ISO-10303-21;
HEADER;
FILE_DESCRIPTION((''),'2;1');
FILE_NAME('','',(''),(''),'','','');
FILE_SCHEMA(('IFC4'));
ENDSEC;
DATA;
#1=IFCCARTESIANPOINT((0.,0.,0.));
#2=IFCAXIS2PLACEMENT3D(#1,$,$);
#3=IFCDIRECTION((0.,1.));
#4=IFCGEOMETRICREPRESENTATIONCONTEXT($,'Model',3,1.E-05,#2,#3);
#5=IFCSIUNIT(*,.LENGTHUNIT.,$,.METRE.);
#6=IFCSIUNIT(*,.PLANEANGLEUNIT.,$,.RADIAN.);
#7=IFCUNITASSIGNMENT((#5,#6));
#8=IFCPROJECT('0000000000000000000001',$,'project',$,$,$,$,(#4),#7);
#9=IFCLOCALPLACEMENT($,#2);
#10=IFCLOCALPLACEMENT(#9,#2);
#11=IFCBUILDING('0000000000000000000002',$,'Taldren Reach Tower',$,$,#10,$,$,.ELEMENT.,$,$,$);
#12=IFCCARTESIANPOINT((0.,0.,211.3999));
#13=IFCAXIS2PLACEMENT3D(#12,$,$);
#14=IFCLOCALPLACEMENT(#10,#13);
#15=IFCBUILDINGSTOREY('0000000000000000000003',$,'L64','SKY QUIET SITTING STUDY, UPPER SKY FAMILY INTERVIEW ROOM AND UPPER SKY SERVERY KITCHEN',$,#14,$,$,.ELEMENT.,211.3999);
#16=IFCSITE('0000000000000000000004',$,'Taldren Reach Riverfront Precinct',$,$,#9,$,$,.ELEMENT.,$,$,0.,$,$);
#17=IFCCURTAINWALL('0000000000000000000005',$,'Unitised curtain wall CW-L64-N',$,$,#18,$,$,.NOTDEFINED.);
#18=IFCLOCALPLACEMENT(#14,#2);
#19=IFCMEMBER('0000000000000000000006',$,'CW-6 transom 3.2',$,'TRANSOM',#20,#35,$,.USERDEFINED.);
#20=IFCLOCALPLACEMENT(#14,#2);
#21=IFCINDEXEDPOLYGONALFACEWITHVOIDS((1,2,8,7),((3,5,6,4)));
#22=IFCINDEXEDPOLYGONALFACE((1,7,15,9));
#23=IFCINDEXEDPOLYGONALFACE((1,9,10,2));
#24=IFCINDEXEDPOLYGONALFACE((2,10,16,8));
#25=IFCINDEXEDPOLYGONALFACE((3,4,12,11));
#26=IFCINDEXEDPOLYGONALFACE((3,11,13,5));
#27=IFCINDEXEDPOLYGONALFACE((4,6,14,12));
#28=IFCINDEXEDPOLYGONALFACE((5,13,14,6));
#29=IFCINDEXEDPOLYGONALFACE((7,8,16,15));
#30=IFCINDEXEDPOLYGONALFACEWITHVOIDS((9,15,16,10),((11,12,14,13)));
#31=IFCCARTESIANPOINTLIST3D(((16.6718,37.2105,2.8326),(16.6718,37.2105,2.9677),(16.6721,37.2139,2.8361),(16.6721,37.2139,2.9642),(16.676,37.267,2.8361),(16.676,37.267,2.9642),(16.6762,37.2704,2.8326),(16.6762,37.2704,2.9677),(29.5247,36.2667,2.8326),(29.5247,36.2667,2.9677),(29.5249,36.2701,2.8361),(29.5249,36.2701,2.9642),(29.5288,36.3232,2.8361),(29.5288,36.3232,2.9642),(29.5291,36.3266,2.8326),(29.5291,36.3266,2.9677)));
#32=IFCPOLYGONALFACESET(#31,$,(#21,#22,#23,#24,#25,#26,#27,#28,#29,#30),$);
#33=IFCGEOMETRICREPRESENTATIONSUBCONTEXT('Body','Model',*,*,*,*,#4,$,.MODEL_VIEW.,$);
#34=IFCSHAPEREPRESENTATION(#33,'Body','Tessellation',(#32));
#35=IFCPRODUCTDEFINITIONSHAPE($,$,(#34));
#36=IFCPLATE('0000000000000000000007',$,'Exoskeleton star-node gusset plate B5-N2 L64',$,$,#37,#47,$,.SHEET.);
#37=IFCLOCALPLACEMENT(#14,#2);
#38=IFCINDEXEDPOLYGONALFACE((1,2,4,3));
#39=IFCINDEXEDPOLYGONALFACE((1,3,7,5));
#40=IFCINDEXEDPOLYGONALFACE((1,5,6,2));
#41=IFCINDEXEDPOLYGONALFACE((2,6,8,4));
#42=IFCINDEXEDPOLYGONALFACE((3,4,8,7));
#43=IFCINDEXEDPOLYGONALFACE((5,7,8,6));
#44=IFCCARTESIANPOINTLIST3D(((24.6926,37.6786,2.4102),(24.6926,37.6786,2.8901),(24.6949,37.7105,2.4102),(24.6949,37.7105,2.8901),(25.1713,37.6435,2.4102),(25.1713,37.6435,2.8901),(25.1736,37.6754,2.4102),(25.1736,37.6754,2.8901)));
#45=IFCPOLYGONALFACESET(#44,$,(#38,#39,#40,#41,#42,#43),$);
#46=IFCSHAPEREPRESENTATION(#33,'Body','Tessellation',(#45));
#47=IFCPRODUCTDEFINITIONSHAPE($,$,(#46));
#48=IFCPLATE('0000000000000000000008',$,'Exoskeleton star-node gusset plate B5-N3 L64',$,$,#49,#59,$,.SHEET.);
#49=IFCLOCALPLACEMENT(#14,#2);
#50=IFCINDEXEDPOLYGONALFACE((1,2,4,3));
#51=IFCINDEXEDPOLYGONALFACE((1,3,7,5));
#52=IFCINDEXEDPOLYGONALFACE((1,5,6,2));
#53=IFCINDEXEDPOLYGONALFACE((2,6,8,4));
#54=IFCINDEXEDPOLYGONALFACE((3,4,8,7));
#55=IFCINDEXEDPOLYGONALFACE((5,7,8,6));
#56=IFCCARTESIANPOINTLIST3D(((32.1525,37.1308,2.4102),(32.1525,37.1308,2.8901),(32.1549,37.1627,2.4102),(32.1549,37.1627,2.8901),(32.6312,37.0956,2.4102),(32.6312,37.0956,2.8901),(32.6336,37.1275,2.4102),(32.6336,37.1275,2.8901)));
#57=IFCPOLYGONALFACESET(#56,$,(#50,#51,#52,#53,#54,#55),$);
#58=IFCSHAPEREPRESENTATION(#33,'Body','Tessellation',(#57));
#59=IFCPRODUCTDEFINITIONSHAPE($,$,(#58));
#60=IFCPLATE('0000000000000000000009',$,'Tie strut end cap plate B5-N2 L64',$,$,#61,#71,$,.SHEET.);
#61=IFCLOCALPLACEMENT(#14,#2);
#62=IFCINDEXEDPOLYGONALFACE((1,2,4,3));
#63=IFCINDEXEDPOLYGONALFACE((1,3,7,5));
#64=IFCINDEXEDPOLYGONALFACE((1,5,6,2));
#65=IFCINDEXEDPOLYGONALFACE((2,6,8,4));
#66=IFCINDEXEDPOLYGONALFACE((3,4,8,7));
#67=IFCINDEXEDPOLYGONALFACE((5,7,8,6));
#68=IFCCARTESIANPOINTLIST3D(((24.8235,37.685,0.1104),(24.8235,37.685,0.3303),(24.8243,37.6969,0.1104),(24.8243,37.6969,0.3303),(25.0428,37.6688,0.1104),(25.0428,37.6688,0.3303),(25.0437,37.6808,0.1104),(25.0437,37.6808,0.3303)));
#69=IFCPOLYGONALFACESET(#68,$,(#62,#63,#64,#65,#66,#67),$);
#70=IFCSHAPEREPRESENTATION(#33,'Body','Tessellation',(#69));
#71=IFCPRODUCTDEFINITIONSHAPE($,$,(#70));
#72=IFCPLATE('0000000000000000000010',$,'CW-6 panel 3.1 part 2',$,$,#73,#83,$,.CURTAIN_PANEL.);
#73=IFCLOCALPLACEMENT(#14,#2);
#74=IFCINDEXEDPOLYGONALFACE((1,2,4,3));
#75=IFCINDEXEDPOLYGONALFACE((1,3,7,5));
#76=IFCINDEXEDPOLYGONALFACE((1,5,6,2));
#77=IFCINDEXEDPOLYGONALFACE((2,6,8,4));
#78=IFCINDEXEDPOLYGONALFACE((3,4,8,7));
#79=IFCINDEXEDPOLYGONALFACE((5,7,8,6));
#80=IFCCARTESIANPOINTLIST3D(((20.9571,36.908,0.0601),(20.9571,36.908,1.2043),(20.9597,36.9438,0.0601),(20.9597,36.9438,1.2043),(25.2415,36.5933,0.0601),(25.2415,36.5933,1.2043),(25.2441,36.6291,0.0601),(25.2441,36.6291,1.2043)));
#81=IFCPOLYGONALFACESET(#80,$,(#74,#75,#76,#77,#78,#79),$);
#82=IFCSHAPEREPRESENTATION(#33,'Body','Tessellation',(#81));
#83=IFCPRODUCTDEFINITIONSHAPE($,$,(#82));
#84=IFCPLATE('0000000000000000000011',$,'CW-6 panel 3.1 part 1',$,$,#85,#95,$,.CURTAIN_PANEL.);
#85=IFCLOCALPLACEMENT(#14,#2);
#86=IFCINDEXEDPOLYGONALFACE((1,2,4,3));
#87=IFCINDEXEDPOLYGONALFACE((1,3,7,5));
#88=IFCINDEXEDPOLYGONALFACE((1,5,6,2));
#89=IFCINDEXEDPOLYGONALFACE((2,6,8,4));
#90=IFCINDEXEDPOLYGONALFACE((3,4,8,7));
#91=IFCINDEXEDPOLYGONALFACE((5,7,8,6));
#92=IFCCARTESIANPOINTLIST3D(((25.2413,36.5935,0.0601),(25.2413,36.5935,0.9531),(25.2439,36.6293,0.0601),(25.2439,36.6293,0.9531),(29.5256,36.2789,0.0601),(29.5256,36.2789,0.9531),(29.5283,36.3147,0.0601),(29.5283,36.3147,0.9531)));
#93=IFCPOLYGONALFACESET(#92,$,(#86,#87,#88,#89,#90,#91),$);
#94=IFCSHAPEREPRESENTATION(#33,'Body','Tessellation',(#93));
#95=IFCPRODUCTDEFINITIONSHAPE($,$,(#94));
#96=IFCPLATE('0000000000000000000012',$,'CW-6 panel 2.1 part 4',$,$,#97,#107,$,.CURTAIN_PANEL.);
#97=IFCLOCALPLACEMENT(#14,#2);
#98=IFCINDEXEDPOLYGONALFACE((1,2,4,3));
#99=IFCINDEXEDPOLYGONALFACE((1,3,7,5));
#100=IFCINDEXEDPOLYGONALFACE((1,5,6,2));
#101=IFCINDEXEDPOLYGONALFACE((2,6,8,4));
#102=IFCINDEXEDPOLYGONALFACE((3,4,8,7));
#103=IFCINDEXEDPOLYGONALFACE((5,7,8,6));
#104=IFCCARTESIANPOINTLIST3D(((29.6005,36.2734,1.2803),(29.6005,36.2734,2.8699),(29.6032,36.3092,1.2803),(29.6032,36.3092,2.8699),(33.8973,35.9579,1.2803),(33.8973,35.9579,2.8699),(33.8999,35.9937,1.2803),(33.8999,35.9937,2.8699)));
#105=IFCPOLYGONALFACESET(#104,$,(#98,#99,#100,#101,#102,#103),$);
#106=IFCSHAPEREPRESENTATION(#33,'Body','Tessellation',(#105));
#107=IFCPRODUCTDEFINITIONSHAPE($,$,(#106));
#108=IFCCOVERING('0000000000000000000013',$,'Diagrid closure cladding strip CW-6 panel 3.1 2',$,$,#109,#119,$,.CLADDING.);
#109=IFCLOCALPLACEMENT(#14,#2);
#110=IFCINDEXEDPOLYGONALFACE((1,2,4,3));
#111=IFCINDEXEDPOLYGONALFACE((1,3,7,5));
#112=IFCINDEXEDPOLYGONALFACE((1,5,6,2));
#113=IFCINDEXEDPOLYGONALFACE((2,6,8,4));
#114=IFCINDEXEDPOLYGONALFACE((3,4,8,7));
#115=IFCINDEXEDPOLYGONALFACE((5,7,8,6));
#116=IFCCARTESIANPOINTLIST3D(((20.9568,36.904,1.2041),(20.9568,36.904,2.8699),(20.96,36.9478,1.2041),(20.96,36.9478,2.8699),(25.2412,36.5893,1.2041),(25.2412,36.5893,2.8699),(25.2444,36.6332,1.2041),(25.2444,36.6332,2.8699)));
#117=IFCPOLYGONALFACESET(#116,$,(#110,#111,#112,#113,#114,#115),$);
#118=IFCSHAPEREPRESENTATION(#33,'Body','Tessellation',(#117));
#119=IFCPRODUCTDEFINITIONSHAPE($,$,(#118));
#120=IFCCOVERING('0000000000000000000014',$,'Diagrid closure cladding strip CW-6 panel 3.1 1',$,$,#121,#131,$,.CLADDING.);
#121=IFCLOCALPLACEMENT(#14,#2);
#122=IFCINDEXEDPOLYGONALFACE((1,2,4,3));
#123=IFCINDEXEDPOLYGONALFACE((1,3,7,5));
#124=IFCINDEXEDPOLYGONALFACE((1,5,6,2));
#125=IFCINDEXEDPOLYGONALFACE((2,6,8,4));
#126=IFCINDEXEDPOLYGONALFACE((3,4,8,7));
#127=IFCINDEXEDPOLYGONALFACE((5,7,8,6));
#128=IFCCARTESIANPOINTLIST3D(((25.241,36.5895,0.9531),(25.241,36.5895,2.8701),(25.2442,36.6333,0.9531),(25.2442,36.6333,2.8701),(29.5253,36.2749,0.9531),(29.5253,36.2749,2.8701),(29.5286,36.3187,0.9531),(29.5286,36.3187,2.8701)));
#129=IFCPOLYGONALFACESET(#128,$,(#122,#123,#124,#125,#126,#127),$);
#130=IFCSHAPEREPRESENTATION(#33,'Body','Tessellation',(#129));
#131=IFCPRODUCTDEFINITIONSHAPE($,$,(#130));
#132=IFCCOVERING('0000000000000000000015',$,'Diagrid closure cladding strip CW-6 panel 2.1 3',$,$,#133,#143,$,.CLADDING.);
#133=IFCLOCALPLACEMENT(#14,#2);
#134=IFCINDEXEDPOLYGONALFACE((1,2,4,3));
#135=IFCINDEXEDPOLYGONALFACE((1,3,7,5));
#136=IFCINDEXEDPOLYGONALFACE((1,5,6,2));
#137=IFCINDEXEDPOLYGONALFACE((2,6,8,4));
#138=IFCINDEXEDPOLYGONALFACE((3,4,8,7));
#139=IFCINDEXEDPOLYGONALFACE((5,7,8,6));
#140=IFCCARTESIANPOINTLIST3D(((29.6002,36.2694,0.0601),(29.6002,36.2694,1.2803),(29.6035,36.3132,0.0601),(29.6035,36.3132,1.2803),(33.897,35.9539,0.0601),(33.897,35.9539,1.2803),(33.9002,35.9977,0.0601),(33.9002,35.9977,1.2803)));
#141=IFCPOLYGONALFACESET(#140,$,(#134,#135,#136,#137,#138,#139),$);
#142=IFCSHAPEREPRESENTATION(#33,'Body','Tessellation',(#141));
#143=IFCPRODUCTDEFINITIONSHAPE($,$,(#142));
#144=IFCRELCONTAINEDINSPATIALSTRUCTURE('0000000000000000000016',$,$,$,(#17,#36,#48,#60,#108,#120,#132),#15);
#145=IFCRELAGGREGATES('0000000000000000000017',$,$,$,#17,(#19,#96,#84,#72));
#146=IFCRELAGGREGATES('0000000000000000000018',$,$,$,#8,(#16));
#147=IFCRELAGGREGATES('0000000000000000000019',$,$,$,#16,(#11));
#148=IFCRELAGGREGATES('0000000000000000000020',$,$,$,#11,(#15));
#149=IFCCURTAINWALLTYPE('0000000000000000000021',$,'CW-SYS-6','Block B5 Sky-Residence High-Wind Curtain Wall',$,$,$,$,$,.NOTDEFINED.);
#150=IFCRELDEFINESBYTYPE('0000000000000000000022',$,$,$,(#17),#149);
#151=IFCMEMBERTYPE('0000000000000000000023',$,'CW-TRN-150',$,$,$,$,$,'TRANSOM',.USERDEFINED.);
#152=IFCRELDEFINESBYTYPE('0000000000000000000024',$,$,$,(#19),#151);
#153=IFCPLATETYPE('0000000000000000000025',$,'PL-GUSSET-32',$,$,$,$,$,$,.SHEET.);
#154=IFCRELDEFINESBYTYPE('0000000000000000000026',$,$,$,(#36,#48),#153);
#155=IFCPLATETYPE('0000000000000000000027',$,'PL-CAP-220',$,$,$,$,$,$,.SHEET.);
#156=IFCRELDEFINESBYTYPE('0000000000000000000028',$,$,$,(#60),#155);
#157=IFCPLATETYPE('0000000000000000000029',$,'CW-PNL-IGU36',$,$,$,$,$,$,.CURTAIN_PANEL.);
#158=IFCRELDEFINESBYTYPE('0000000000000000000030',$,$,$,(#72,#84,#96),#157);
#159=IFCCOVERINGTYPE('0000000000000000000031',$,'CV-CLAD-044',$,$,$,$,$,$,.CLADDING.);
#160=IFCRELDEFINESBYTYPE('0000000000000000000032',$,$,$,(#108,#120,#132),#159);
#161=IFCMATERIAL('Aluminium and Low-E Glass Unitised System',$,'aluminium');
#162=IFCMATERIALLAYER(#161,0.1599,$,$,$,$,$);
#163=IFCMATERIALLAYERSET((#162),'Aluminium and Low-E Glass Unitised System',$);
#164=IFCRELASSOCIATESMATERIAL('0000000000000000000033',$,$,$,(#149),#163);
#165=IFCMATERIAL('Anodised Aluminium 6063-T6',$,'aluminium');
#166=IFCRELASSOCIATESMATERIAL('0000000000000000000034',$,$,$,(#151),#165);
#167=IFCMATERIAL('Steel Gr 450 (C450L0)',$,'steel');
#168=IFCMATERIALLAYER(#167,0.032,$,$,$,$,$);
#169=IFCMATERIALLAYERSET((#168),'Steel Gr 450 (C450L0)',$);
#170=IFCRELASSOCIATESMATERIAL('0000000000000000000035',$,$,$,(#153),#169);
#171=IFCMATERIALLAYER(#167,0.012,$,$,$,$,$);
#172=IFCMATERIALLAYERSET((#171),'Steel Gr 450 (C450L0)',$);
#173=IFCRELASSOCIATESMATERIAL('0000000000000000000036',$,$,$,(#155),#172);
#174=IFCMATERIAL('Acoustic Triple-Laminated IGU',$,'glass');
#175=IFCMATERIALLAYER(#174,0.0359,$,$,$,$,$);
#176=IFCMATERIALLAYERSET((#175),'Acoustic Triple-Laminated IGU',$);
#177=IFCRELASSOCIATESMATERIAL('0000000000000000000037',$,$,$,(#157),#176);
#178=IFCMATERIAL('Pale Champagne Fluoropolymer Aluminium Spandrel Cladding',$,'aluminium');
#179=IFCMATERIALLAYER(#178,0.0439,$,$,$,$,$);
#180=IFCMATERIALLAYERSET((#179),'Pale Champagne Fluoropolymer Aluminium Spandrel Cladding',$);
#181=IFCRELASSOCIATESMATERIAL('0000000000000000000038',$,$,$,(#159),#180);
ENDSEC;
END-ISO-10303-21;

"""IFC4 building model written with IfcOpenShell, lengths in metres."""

from ifc_helpers import new_model, si_unit, direction, frame, origin, origin_2d, place, context, subcontext, project, spatial, rectangle, hollow_rectangle, extrude, source, transform, mapped, material, layer, layer_set, material_profile, profile_set, type_object, element, aggregate, save


model = new_model("IFC4")

# Units and contexts
model_context = context("Model", 3, precision=1e-05, world=origin(), true_north=direction((0.0, 1.0)))
body_context = subcontext(model_context, "Body", "Model", "MODEL_VIEW")
ifc_project = project(units=[si_unit("LENGTHUNIT", "METRE"), si_unit("PLANEANGLEUNIT", "RADIAN")], contexts=[model_context])

# Site, building, storey
site_placement = place(None, origin())
site = spatial("IfcSite", under=ifc_project, at=site_placement, Name="Taldren Reach Riverfront Precinct", CompositionType="ELEMENT", RefElevation=0.0)
building_placement = place(site_placement, origin())
building = spatial("IfcBuilding", under=site, at=building_placement, Name="Taldren Reach Tower", CompositionType="ELEMENT")
storey_placement = place(building_placement, frame((0.0, 0.0, 211.3999)))
storey = spatial("IfcBuildingStorey", under=building, at=storey_placement, Name="L64", Description="SKY QUIET SITTING STUDY, UPPER SKY FAMILY INTERVIEW ROOM AND UPPER SKY SERVERY KITCHEN", CompositionType="ELEMENT", Elevation=211.3999)

# Shared definitions
ifc_material_1 = material(Name="Steel Gr 450 (C450L0)", Category="steel")

# Curtain wall, member
ifc_material_2 = material(Name="Aluminium and Low-E Glass Unitised System", Category="aluminium")
ifc_layer_1 = layer(ifc_material_2, 0.1599)
ifc_layer_set_1 = layer_set([ifc_layer_1], Name="Aluminium and Low-E Glass Unitised System")
curtain_wall_type = type_object("IfcCurtainWallType", Name="CW-SYS-6", Description="Block B5 Sky-Residence High-Wind Curtain Wall", PredefinedType="NOTDEFINED", material=ifc_layer_set_1)
curtain_wall_placement = place(storey_placement, origin())
curtain_wall = element("IfcCurtainWall", 1, at=curtain_wall_placement, inside=storey, type_object=curtain_wall_type, Name="Unitised curtain wall CW-L64-N", PredefinedType="NOTDEFINED")
ifc_material_3 = material(Name="Anodised Aluminium 6063-T6", Category="aluminium")
ifc_material_profile_1 = material_profile(ifc_material_3, hollow_rectangle(XDim=0.0601, YDim=0.135, WallThickness=0.0034, at=origin_2d()), Name="ALU-135x60x3.5RHS")
ifc_profile_set_1 = profile_set([ifc_material_profile_1], Name="Anodised Aluminium 6063-T6")
member_type_1 = type_object("IfcMemberType", Name="CW-TRN-150", ElementType="TRANSOM", PredefinedType="USERDEFINED", material=ifc_profile_set_1)
shared_shape_1 = source(origin(), body_context, "Body", "SweptSolid", [
    extrude(hollow_rectangle(XDim=0.0601, YDim=0.135, WallThickness=0.0034, at=origin_2d()), origin(), (0.0, 0.0, 1.0), 12.8875),
])
member_1_placement = place(storey_placement, frame((29.5269, 36.2966, 2.9001), z_axis=(-0.997314, 0.073238, 0.0), x_axis=(-0.073238, -0.997314, 0.0)))
member_1 = element("IfcMember", 2, at=member_1_placement, type_object=member_type_1, Name="CW-6 transom 3.2", ObjectType="TRANSOM", PredefinedType="USERDEFINED", context=body_context, shape_type="MappedRepresentation", body=[
    mapped(shared_shape_1, transform((0.0, 0.0, 0.0), scale=1.0)),
])

# Plates
ifc_layer_2 = layer(ifc_material_1, 0.032)
ifc_layer_set_2 = layer_set([ifc_layer_2], Name="Steel Gr 450 (C450L0)")
plate_type_1 = type_object("IfcPlateType", Name="PL-GUSSET-32", PredefinedType="SHEET", material=ifc_layer_set_2)
shared_shape_2 = source(origin(), body_context, "Body", "SweptSolid", [
    extrude(rectangle(XDim=0.48, YDim=0.032, at=origin_2d()), origin(), (0.0, 0.0, 1.0), 0.48),
])
for number, where, z_axis, x_axis, name in (
    (3, (24.9331, 37.677, 2.4102), (0.0, 0.0, 1.0), (0.997314, -0.073238, 0.0), "Exoskeleton star-node gusset plate B5-N2 L64"),
    (4, (32.3931, 37.1292, 2.4102), (0.0, 0.0, 1.0), (0.997314, -0.073238, 0.0), "Exoskeleton star-node gusset plate B5-N3 L64"),
):
    element("IfcPlate", number, at=place(storey_placement, frame(where, z_axis=z_axis, x_axis=x_axis)), inside=storey, type_object=plate_type_1, Name=name, PredefinedType="SHEET", context=body_context, shape_type="MappedRepresentation", body=[
        mapped(shared_shape_2, transform((0.0, 0.0, 0.0), scale=1.0)),
    ])
ifc_layer_3 = layer(ifc_material_1, 0.012)
ifc_layer_set_3 = layer_set([ifc_layer_3], Name="Steel Gr 450 (C450L0)")
plate_type_2 = type_object("IfcPlateType", Name="PL-CAP-220", PredefinedType="SHEET", material=ifc_layer_set_3)
shared_shape_3 = source(origin(), body_context, "Body", "SweptSolid", [
    extrude(rectangle(XDim=0.22, YDim=0.012, at=origin_2d()), origin(), (0.0, 0.0, 1.0), 0.22),
])
plate_1_placement = place(storey_placement, frame((24.9336, 37.6829, 0.1104), z_axis=(0.0, 0.0, 1.0), x_axis=(0.997314, -0.073238, 0.0)))
element("IfcPlate", 5, at=plate_1_placement, inside=storey, type_object=plate_type_2, Name="Tie strut end cap plate B5-N2 L64", PredefinedType="SHEET", context=body_context, shape_type="MappedRepresentation", body=[
    mapped(shared_shape_3, transform((0.0, 0.0, 0.0), scale=1.0)),
])

# Plates
ifc_material_4 = material(Name="Acoustic Triple-Laminated IGU", Category="glass")
ifc_layer_4 = layer(ifc_material_4, 0.0359)
ifc_layer_set_4 = layer_set([ifc_layer_4], Name="Acoustic Triple-Laminated IGU")
plate_type_3 = type_object("IfcPlateType", Name="CW-PNL-IGU36", PredefinedType="CURTAIN_PANEL", material=ifc_layer_set_4)
shared_shape_4 = source(origin(), body_context, "Body", "SweptSolid", [
    extrude(rectangle(XDim=4.2959, YDim=0.0359, at=origin_2d()), origin(), (0.0, 0.0, 1.0), 1.1443),
])
plate_2_placement = place(storey_placement, frame((23.1006, 36.7686, 0.0601), z_axis=(0.0, 0.0, 1.0), x_axis=(-0.997314, 0.073238, 0.0)))
plate_2 = element("IfcPlate", 6, at=plate_2_placement, type_object=plate_type_3, Name="CW-6 panel 3.1 part 2", PredefinedType="CURTAIN_PANEL", context=body_context, shape_type="MappedRepresentation", body=[
    mapped(shared_shape_4, transform((0.0, 0.0, 0.0), scale=1.0)),
])
shared_shape_5 = source(origin(), body_context, "Body", "SweptSolid", [
    extrude(rectangle(XDim=4.2959, YDim=0.0359, at=origin_2d()), origin(), (0.0, 0.0, 1.0), 0.8931),
])
plate_3_placement = place(storey_placement, frame((27.3848, 36.4541, 0.0601), z_axis=(0.0, 0.0, 1.0), x_axis=(-0.997314, 0.073238, 0.0)))
plate_3 = element("IfcPlate", 7, at=plate_3_placement, type_object=plate_type_3, Name="CW-6 panel 3.1 part 1", PredefinedType="CURTAIN_PANEL", context=body_context, shape_type="MappedRepresentation", body=[
    mapped(shared_shape_5, transform((0.0, 0.0, 0.0), scale=1.0)),
])
shared_shape_6 = source(origin(), body_context, "Body", "SweptSolid", [
    extrude(rectangle(XDim=4.3083, YDim=0.0359, at=origin_2d()), origin(), (0.0, 0.0, 1.0), 1.5896),
])
plate_4_placement = place(storey_placement, frame((31.7502, 36.1335, 1.2803), z_axis=(0.0, 0.0, 1.0), x_axis=(-0.997314, 0.073238, 0.0)))
plate_4 = element("IfcPlate", 8, at=plate_4_placement, type_object=plate_type_3, Name="CW-6 panel 2.1 part 4", PredefinedType="CURTAIN_PANEL", context=body_context, shape_type="MappedRepresentation", body=[
    mapped(shared_shape_6, transform((0.0, 0.0, 0.0), scale=1.0)),
])
aggregate(curtain_wall, [member_1, plate_4, plate_3, plate_2])

# Coverings
ifc_material_5 = material(Name="Pale Champagne Fluoropolymer Aluminium Spandrel Cladding", Category="aluminium")
ifc_layer_5 = layer(ifc_material_5, 0.0439)
ifc_layer_set_5 = layer_set([ifc_layer_5], Name="Pale Champagne Fluoropolymer Aluminium Spandrel Cladding")
covering_type = type_object("IfcCoveringType", Name="CV-CLAD-044", PredefinedType="CLADDING", material=ifc_layer_set_5)
shared_shape_7 = source(origin(), body_context, "Body", "SweptSolid", [
    extrude(rectangle(XDim=4.2959, YDim=0.0439, at=origin_2d()), origin(), (0.0, 0.0, 1.0), 1.6658),
])
covering_1_placement = place(storey_placement, frame((23.1006, 36.7686, 1.2041), z_axis=(0.0, 0.0, 1.0), x_axis=(-0.997314, 0.073238, 0.0)))
element("IfcCovering", 9, at=covering_1_placement, inside=storey, type_object=covering_type, Name="Diagrid closure cladding strip CW-6 panel 3.1 2", PredefinedType="CLADDING", context=body_context, shape_type="MappedRepresentation", body=[
    mapped(shared_shape_7, transform((0.0, 0.0, 0.0), scale=1.0)),
])
shared_shape_8 = source(origin(), body_context, "Body", "SweptSolid", [
    extrude(rectangle(XDim=4.2959, YDim=0.0439, at=origin_2d()), origin(), (0.0, 0.0, 1.0), 1.917),
])
covering_2_placement = place(storey_placement, frame((27.3848, 36.4541, 0.9531), z_axis=(0.0, 0.0, 1.0), x_axis=(-0.997314, 0.073238, 0.0)))
element("IfcCovering", 10, at=covering_2_placement, inside=storey, type_object=covering_type, Name="Diagrid closure cladding strip CW-6 panel 3.1 1", PredefinedType="CLADDING", context=body_context, shape_type="MappedRepresentation", body=[
    mapped(shared_shape_8, transform((0.0, 0.0, 0.0), scale=1.0)),
])
shared_shape_9 = source(origin(), body_context, "Body", "SweptSolid", [
    extrude(rectangle(XDim=4.3083, YDim=0.0439, at=origin_2d()), origin(), (0.0, 0.0, 1.0), 1.2202),
])
covering_3_placement = place(storey_placement, frame((31.7502, 36.1335, 0.0601), z_axis=(0.0, 0.0, 1.0), x_axis=(-0.997314, 0.073238, 0.0)))
element("IfcCovering", 11, at=covering_3_placement, inside=storey, type_object=covering_type, Name="Diagrid closure cladding strip CW-6 panel 2.1 3", PredefinedType="CLADDING", context=body_context, shape_type="MappedRepresentation", body=[
    mapped(shared_shape_9, transform((0.0, 0.0, 0.0), scale=1.0)),
])

save(model, "model.ifc")
